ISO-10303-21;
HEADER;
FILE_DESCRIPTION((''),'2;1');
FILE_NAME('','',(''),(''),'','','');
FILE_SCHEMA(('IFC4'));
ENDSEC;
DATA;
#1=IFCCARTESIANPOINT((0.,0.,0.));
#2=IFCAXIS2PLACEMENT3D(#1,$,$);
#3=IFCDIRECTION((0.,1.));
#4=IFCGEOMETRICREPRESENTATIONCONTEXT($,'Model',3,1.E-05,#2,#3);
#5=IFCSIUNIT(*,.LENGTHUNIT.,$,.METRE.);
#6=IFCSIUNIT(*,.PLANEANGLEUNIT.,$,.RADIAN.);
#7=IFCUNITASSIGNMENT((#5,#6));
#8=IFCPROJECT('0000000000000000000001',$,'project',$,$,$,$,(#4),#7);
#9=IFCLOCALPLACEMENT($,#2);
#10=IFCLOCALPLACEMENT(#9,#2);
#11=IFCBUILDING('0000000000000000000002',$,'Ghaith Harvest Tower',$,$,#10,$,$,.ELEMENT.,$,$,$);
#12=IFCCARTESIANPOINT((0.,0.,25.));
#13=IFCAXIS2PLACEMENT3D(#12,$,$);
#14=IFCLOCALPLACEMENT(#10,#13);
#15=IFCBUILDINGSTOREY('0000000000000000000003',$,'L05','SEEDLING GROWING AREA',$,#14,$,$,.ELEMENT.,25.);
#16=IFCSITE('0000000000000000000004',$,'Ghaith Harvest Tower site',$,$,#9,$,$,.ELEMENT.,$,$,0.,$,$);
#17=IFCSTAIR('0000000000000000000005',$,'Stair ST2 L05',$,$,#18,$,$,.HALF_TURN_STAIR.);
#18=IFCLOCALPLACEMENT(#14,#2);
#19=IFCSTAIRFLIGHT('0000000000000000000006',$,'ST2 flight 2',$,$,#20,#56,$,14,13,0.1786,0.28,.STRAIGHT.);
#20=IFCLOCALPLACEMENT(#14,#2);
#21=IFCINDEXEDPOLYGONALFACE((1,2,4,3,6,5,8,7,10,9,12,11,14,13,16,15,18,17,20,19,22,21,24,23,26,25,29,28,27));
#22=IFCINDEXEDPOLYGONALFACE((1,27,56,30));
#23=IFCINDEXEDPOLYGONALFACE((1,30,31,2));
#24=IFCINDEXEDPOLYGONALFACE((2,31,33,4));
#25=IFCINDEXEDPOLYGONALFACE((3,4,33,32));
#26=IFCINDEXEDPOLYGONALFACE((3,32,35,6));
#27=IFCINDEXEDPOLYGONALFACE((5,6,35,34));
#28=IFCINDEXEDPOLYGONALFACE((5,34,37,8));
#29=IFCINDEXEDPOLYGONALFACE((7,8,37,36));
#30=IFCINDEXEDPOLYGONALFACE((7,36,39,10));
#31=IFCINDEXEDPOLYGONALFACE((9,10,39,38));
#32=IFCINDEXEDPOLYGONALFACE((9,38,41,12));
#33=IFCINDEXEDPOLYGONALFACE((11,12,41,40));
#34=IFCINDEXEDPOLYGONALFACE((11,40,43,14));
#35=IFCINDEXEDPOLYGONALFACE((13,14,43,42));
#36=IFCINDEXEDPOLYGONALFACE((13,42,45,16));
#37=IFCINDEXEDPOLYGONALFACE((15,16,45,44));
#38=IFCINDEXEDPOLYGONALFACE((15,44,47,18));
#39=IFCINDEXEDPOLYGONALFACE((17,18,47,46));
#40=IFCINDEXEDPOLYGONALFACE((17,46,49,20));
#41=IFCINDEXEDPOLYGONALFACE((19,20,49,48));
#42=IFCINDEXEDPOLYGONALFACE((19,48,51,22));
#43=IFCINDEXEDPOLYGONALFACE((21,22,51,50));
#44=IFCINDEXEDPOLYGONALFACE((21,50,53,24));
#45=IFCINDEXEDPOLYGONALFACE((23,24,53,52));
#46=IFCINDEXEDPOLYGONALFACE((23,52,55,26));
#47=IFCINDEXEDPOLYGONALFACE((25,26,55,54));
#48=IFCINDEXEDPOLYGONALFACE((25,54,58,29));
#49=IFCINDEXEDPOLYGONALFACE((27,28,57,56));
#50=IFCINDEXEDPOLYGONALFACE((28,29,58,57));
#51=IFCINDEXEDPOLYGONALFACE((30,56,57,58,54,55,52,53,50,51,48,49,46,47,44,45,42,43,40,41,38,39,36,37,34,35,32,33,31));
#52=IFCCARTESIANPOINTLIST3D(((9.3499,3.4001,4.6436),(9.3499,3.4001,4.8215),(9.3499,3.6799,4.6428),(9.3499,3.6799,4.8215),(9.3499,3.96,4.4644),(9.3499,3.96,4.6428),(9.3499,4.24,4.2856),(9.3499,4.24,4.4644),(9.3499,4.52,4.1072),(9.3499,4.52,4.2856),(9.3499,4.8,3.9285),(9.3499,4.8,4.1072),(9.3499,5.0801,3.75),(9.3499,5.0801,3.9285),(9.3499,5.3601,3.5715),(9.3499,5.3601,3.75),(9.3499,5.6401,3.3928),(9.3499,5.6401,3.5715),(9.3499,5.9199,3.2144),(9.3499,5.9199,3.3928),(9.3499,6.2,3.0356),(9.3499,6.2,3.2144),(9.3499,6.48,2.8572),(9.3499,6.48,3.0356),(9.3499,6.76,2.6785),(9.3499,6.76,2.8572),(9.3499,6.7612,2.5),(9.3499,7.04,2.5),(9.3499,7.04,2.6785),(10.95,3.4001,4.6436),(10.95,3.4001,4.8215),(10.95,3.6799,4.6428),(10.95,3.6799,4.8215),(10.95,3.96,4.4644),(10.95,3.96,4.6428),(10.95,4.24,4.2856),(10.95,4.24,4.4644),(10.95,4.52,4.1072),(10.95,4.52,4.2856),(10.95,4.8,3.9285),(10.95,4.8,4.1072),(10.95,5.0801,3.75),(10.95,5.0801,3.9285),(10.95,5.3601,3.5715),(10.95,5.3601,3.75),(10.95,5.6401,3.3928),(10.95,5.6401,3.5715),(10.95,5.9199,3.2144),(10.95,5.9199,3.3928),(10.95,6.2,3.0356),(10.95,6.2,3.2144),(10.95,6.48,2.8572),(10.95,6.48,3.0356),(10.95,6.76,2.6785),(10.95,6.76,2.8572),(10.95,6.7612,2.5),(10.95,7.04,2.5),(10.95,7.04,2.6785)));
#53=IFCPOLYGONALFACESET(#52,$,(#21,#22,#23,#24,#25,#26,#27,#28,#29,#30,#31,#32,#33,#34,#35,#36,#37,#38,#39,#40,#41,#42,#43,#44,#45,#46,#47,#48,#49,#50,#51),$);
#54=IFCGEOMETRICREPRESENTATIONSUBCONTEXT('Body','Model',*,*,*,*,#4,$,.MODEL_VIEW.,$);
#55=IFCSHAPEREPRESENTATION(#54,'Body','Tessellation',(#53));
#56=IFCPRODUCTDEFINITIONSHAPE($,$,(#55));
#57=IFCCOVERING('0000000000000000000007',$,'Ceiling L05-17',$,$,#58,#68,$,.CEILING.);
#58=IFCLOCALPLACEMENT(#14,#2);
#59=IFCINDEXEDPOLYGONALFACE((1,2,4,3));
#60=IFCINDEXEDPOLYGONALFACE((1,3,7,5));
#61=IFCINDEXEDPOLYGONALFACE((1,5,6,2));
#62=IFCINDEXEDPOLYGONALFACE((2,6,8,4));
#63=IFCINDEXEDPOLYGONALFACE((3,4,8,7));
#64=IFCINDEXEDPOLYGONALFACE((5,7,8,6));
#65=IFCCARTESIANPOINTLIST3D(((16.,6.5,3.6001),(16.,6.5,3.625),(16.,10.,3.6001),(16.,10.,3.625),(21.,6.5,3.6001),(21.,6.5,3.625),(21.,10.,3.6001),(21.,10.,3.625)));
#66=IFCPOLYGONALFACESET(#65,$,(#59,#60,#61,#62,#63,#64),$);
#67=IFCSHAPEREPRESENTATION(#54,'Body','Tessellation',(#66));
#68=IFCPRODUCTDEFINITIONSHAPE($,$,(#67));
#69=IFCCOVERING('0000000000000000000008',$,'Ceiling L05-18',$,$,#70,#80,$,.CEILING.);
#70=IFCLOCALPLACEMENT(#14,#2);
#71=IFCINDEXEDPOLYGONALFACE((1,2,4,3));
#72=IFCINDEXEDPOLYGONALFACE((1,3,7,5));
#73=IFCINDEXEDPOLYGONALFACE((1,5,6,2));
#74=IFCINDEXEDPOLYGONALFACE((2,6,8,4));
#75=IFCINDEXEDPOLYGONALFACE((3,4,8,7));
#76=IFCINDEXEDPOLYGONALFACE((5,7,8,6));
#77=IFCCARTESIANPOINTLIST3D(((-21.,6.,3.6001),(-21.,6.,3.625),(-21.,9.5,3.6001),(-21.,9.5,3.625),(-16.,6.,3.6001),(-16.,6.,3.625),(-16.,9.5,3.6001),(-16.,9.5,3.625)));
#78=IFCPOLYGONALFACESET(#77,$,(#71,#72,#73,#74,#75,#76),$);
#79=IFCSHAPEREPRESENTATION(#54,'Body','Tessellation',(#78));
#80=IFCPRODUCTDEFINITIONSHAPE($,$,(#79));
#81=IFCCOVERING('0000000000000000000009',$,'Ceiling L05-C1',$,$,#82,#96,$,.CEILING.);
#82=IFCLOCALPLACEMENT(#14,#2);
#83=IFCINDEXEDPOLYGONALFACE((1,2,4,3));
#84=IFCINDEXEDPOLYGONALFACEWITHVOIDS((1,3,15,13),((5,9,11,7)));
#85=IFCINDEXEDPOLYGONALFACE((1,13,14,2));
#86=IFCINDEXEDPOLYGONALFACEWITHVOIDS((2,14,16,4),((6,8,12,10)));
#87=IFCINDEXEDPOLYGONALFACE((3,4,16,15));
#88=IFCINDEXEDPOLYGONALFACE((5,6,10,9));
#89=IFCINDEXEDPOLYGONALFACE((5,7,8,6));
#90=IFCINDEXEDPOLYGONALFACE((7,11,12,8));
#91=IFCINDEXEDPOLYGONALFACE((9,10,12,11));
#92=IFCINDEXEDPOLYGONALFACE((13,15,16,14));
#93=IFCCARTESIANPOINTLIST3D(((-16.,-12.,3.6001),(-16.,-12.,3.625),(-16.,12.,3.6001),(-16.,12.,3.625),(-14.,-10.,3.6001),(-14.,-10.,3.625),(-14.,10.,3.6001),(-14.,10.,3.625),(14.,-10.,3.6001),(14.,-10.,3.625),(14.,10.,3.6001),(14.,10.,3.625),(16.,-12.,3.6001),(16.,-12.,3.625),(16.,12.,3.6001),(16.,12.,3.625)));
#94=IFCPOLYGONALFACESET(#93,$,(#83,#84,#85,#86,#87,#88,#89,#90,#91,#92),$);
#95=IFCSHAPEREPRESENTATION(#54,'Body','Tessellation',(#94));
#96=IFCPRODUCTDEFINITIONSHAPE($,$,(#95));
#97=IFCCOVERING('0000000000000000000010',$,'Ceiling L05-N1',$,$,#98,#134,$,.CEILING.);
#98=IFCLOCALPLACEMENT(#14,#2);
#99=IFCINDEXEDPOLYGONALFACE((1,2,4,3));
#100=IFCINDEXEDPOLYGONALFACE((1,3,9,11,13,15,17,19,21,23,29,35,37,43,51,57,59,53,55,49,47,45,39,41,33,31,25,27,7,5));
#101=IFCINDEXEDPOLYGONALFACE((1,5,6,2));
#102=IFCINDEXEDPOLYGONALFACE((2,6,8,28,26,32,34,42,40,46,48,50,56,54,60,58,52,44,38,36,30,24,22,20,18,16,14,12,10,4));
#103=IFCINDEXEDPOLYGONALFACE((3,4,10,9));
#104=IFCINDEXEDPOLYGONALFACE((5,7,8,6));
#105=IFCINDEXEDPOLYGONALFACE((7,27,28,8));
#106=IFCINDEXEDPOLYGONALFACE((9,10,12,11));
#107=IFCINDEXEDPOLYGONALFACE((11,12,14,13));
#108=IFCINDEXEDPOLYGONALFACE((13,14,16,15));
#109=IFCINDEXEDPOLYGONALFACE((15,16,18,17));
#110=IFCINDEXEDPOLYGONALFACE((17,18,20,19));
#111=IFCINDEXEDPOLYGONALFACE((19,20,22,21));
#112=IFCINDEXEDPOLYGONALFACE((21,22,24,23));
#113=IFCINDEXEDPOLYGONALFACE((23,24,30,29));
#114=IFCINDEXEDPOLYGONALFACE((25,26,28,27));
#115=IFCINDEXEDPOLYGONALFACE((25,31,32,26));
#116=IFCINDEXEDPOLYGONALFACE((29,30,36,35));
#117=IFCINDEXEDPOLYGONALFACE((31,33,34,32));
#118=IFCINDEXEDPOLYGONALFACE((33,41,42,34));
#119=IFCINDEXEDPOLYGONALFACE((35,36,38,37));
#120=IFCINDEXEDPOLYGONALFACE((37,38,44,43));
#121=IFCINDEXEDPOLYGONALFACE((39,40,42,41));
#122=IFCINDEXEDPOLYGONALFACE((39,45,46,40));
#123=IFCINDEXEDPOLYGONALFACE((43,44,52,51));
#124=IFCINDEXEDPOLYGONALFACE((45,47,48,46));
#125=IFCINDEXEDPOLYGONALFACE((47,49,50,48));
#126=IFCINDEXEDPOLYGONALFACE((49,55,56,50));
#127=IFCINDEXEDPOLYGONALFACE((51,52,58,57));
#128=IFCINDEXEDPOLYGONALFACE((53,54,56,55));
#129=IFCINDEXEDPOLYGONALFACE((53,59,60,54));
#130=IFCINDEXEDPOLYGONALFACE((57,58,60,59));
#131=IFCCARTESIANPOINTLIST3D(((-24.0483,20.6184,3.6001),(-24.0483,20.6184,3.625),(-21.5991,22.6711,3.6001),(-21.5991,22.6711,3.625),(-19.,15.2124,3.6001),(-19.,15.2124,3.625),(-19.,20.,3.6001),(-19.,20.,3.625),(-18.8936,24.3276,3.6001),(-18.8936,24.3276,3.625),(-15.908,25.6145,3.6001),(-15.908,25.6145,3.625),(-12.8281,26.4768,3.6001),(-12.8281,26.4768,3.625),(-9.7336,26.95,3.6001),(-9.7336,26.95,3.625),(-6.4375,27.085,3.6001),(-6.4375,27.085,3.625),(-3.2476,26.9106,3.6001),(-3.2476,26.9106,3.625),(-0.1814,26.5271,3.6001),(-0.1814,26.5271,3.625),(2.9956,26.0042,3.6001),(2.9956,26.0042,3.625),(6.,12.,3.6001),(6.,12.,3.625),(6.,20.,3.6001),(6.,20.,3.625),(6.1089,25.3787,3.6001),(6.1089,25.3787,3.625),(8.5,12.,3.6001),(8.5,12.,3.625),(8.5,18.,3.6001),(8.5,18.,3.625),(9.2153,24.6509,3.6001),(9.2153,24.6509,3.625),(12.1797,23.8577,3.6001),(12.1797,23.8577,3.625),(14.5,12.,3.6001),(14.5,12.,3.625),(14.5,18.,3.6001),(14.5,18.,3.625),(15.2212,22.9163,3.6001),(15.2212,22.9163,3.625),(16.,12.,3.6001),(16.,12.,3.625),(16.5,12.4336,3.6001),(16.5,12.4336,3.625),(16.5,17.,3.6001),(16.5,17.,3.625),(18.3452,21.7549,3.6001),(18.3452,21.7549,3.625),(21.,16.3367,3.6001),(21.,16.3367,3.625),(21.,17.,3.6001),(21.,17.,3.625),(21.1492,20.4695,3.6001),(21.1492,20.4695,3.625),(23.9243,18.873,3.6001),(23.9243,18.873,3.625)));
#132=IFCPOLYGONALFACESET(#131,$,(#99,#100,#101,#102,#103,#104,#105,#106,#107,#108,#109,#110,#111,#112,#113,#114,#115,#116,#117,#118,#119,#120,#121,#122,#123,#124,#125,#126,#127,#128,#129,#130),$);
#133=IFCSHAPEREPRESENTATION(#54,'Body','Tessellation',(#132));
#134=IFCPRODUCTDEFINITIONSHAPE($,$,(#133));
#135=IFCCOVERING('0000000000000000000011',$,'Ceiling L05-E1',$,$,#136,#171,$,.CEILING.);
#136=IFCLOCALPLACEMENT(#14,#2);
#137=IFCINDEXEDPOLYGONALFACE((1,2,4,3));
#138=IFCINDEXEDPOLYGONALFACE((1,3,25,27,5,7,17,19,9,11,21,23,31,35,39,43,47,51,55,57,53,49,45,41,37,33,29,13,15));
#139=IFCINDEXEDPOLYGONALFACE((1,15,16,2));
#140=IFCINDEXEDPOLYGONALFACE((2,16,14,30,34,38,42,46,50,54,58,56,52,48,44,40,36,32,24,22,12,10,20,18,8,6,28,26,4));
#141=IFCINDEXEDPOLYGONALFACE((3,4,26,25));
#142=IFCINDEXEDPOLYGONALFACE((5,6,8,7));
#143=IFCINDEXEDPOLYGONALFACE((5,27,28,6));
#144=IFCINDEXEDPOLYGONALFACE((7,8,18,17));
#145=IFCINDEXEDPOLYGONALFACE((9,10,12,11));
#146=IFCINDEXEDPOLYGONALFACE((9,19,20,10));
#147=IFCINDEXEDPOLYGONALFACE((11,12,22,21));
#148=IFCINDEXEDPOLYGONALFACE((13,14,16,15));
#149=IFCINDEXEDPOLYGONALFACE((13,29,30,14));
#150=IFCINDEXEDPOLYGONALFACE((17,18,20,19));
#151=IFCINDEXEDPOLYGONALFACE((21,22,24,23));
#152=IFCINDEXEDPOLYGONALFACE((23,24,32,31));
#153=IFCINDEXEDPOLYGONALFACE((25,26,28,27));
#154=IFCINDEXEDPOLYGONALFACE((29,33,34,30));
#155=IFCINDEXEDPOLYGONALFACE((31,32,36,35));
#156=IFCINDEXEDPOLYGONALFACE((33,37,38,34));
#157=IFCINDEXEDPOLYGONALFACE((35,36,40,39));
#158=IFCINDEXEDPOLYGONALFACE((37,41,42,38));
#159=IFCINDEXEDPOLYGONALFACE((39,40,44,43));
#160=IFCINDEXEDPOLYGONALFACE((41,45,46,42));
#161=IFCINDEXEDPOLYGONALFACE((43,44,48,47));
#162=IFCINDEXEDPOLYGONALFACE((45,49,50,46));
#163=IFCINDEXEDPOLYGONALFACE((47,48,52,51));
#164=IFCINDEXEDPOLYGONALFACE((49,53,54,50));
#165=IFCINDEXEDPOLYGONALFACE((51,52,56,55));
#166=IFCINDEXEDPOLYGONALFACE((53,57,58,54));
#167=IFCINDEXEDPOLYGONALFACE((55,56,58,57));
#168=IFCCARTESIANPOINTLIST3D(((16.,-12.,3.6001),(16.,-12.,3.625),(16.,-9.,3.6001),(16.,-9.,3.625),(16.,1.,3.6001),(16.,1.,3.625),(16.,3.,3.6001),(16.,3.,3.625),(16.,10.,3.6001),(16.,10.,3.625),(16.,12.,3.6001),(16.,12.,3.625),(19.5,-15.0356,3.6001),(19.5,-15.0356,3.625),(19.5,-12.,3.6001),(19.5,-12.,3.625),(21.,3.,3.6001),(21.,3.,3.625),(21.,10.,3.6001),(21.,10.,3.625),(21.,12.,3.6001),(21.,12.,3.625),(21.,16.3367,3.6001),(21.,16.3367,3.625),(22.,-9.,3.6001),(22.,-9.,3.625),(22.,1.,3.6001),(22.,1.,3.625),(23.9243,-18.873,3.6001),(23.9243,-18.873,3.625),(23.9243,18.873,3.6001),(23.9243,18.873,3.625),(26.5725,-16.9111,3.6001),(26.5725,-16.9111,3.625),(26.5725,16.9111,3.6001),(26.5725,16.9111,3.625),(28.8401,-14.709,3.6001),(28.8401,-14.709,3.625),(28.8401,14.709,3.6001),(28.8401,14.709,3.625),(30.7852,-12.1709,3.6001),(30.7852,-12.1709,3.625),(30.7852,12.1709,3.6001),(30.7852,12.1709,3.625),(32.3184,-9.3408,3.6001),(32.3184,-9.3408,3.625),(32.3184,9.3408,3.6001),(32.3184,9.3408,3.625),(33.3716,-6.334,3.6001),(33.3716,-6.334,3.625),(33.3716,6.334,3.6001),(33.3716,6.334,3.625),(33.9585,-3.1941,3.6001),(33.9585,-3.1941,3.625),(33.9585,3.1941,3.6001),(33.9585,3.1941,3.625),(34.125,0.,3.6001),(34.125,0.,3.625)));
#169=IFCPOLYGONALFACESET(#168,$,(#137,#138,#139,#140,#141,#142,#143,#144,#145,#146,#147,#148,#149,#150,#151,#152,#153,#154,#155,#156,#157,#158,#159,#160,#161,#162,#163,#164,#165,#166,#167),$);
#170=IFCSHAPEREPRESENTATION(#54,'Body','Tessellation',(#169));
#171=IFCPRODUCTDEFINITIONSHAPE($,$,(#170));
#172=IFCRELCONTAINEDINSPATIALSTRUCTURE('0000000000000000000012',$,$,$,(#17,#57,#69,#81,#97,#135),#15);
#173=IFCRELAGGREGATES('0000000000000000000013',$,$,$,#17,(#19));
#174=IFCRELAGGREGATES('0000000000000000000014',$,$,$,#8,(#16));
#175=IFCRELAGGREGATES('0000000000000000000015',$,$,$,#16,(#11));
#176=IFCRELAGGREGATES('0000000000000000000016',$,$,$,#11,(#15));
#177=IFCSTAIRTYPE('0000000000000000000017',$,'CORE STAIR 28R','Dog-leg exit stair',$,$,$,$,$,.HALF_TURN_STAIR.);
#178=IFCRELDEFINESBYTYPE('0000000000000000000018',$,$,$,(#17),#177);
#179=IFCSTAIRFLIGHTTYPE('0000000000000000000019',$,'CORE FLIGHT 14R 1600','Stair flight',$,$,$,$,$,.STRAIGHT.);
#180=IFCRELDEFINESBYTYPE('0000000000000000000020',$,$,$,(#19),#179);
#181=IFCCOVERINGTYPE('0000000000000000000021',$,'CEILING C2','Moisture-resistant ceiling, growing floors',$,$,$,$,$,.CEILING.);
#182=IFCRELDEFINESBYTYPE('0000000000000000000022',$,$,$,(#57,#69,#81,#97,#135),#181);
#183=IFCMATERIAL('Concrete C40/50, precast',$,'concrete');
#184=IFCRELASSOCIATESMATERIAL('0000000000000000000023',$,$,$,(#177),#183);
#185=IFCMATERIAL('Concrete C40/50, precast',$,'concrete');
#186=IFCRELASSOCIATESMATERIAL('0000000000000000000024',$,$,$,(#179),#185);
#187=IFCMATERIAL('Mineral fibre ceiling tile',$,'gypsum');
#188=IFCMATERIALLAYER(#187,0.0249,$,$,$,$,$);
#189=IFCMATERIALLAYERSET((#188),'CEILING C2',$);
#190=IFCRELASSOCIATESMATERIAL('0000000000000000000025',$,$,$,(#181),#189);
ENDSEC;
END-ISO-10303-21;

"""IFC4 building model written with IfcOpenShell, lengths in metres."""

from ifc_helpers import new_model, si_unit, direction, frame, origin, place, context, subcontext, project, spatial, polyline, outline, extrude, material, layer, layer_set, type_object, element, aggregate, save


model = new_model("IFC4")

# Units and contexts
model_context = context("Model", 3, precision=1e-05, world=origin(), true_north=direction((0.0, 1.0)))
body_context = subcontext(model_context, "Body", "Model", "MODEL_VIEW")
ifc_project = project(units=[si_unit("LENGTHUNIT", "METRE"), si_unit("PLANEANGLEUNIT", "RADIAN")], contexts=[model_context])

# Site, building, storey
site_placement = place(None, origin())
site = spatial("IfcSite", under=ifc_project, at=site_placement, Name="Ghaith Harvest Tower site", CompositionType="ELEMENT", RefElevation=0.0)
building_placement = place(site_placement, origin())
building = spatial("IfcBuilding", under=site, at=building_placement, Name="Ghaith Harvest Tower", CompositionType="ELEMENT")
storey_placement = place(building_placement, frame((0.0, 0.0, 25.0)))
storey = spatial("IfcBuildingStorey", under=building, at=storey_placement, Name="L05", Description="SEEDLING GROWING AREA", CompositionType="ELEMENT", Elevation=25.0)

# Stair, stair flight
ifc_material_1 = material(Name="Concrete C40/50, precast", Category="concrete")
stair_type = type_object("IfcStairType", Name="CORE STAIR 28R", Description="Dog-leg exit stair", PredefinedType="HALF_TURN_STAIR", material=ifc_material_1)
stair_placement = place(storey_placement, origin())
stair = element("IfcStair", 1, at=stair_placement, inside=storey, type_object=stair_type, Name="Stair ST2 L05", PredefinedType="HALF_TURN_STAIR")
ifc_material_2 = material(Name="Concrete C40/50, precast", Category="concrete")
stair_flight_type = type_object("IfcStairFlightType", Name="CORE FLIGHT 14R 1600", Description="Stair flight", PredefinedType="STRAIGHT", material=ifc_material_2)
stair_flight_1_placement = place(storey_placement, frame((10.1499, 7.04, 2.5), z_axis=(0.0, 0.0, 1.0), x_axis=(0.0, -1.0, 0.0)))
stair_flight_1 = element("IfcStairFlight", 2, at=stair_flight_1_placement, type_object=stair_flight_type, Name="ST2 flight 2", NumberOfRisers=14, NumberOfTreads=13, PredefinedType="STRAIGHT", RiserHeight=0.1786, TreadLength=0.28, context=body_context, shape_type="SweptSolid", body=[
    extrude(outline(polyline([(0.0, 0.0), (0.0, 0.1785), (0.28, 0.1785), (0.28, 0.3572), (0.5601, 0.3572), (0.5601, 0.5356), (0.8401, 0.5356), (0.8401, 0.7144), (1.1201, 0.7144), (1.1201, 0.8928), (1.3999, 0.8928), (1.3999, 1.0715), (1.6799, 1.0715), (1.6799, 1.25), (1.96, 1.25), (1.96, 1.4285), (2.24, 1.4285), (2.24, 1.6072), (2.52, 1.6072), (2.52, 1.7856), (2.8, 1.7856), (2.8, 1.9644), (3.0801, 1.9644), (3.0801, 2.1428), (3.3601, 2.1428), (3.3601, 2.3215), (3.6399, 2.3215), (3.6399, 2.5), (3.6399, 2.1436), (0.2788, 0.0), (0.0, 0.0)])), frame((0.0, 0.8, 0.0), z_axis=(0.0, -1.0, 0.0), x_axis=(1.0, 0.0, 0.0)), (0.0, 0.0, 1.0), 1.6001),
])
aggregate(stair, [stair_flight_1])

# Coverings
ifc_material_3 = material(Name="Mineral fibre ceiling tile", Category="gypsum")
ifc_layer_1 = layer(ifc_material_3, 0.0249)
ifc_layer_set_1 = layer_set([ifc_layer_1], Name="CEILING C2")
covering_type = type_object("IfcCoveringType", Name="CEILING C2", Description="Moisture-resistant ceiling, growing floors", PredefinedType="CEILING", material=ifc_layer_set_1)
covering_1_placement = place(storey_placement, frame((0.0, 0.0, 3.6001)))
element("IfcCovering", 3, at=covering_1_placement, inside=storey, type_object=covering_type, Name="Ceiling L05-17", PredefinedType="CEILING", context=body_context, shape_type="SweptSolid", body=[
    extrude(outline(polyline([(16.0, 6.5), (21.0, 6.5), (21.0, 10.0), (16.0, 10.0), (16.0, 6.5)])), origin(), (0.0, 0.0, 1.0), 0.0249),
])
covering_2_placement = place(storey_placement, frame((0.0, 0.0, 3.6001)))
element("IfcCovering", 4, at=covering_2_placement, inside=storey, type_object=covering_type, Name="Ceiling L05-18", PredefinedType="CEILING", context=body_context, shape_type="SweptSolid", body=[
    extrude(outline(polyline([(-21.0, 6.0), (-16.0, 6.0), (-16.0, 9.5), (-21.0, 9.5), (-21.0, 6.0)])), origin(), (0.0, 0.0, 1.0), 0.0249),
])
covering_3_placement = place(storey_placement, frame((0.0, 0.0, 3.6001)))
element("IfcCovering", 5, at=covering_3_placement, inside=storey, type_object=covering_type, Name="Ceiling L05-C1", PredefinedType="CEILING", context=body_context, shape_type="SweptSolid", body=[
    extrude(outline(polyline([(-16.0, 12.0), (16.0, 12.0), (16.0, -12.0), (-16.0, -12.0), (-16.0, 12.0)]), holes=[polyline([(14.0, -10.0), (14.0, 10.0), (-14.0, 10.0), (-14.0, -10.0), (14.0, -10.0)])]), origin(), (0.0, 0.0, 1.0), 0.0249),
])
covering_4_placement = place(storey_placement, frame((0.0, 0.0, 3.6001)))
element("IfcCovering", 6, at=covering_4_placement, inside=storey, type_object=covering_type, Name="Ceiling L05-N1", PredefinedType="CEILING", context=body_context, shape_type="SweptSolid", body=[
    extrude(outline(polyline([(-21.5991, 22.6711), (-18.8936, 24.3276), (-15.908, 25.6145), (-12.8281, 26.4768), (-9.7336, 26.95), (-6.4375, 27.085), (-3.2476, 26.9106), (-0.1814, 26.5271), (2.9956, 26.0042), (6.1089, 25.3787), (9.2153, 24.6509), (12.1797, 23.8577), (15.2212, 22.9163), (18.3452, 21.7549), (21.1492, 20.4695), (23.9243, 18.873), (21.0, 16.3367), (21.0, 17.0), (16.5, 17.0), (16.5, 12.4336), (16.0, 12.0), (14.5, 12.0), (14.5, 18.0), (8.5, 18.0), (8.5, 12.0), (6.0, 12.0), (6.0, 20.0), (-19.0, 20.0), (-19.0, 15.2124), (-24.0483, 20.6184), (-21.5991, 22.6711)])), origin(), (0.0, 0.0, 1.0), 0.0249),
])
covering_5_placement = place(storey_placement, frame((0.0, 0.0, 3.6001)))
element("IfcCovering", 7, at=covering_5_placement, inside=storey, type_object=covering_type, Name="Ceiling L05-E1", PredefinedType="CEILING", context=body_context, shape_type="SweptSolid", body=[
    extrude(outline(polyline([(28.8401, 14.709), (30.7852, 12.1709), (32.3184, 9.3408), (33.3716, 6.334), (33.9585, 3.1941), (34.125, 0.0), (33.9585, -3.1941), (33.3716, -6.334), (32.3184, -9.3408), (30.7852, -12.1709), (28.8401, -14.709), (26.5725, -16.9111), (23.9243, -18.873), (19.5, -15.0356), (19.5, -12.0), (16.0, -12.0), (16.0, -9.0), (22.0, -9.0), (22.0, 1.0), (16.0, 1.0), (16.0, 3.0), (21.0, 3.0), (21.0, 10.0), (16.0, 10.0), (16.0, 12.0), (21.0, 12.0), (21.0, 16.3367), (23.9243, 18.873), (26.5725, 16.9111), (28.8401, 14.709)])), origin(), (0.0, 0.0, 1.0), 0.0249),
])

save(model, "model.ifc")
